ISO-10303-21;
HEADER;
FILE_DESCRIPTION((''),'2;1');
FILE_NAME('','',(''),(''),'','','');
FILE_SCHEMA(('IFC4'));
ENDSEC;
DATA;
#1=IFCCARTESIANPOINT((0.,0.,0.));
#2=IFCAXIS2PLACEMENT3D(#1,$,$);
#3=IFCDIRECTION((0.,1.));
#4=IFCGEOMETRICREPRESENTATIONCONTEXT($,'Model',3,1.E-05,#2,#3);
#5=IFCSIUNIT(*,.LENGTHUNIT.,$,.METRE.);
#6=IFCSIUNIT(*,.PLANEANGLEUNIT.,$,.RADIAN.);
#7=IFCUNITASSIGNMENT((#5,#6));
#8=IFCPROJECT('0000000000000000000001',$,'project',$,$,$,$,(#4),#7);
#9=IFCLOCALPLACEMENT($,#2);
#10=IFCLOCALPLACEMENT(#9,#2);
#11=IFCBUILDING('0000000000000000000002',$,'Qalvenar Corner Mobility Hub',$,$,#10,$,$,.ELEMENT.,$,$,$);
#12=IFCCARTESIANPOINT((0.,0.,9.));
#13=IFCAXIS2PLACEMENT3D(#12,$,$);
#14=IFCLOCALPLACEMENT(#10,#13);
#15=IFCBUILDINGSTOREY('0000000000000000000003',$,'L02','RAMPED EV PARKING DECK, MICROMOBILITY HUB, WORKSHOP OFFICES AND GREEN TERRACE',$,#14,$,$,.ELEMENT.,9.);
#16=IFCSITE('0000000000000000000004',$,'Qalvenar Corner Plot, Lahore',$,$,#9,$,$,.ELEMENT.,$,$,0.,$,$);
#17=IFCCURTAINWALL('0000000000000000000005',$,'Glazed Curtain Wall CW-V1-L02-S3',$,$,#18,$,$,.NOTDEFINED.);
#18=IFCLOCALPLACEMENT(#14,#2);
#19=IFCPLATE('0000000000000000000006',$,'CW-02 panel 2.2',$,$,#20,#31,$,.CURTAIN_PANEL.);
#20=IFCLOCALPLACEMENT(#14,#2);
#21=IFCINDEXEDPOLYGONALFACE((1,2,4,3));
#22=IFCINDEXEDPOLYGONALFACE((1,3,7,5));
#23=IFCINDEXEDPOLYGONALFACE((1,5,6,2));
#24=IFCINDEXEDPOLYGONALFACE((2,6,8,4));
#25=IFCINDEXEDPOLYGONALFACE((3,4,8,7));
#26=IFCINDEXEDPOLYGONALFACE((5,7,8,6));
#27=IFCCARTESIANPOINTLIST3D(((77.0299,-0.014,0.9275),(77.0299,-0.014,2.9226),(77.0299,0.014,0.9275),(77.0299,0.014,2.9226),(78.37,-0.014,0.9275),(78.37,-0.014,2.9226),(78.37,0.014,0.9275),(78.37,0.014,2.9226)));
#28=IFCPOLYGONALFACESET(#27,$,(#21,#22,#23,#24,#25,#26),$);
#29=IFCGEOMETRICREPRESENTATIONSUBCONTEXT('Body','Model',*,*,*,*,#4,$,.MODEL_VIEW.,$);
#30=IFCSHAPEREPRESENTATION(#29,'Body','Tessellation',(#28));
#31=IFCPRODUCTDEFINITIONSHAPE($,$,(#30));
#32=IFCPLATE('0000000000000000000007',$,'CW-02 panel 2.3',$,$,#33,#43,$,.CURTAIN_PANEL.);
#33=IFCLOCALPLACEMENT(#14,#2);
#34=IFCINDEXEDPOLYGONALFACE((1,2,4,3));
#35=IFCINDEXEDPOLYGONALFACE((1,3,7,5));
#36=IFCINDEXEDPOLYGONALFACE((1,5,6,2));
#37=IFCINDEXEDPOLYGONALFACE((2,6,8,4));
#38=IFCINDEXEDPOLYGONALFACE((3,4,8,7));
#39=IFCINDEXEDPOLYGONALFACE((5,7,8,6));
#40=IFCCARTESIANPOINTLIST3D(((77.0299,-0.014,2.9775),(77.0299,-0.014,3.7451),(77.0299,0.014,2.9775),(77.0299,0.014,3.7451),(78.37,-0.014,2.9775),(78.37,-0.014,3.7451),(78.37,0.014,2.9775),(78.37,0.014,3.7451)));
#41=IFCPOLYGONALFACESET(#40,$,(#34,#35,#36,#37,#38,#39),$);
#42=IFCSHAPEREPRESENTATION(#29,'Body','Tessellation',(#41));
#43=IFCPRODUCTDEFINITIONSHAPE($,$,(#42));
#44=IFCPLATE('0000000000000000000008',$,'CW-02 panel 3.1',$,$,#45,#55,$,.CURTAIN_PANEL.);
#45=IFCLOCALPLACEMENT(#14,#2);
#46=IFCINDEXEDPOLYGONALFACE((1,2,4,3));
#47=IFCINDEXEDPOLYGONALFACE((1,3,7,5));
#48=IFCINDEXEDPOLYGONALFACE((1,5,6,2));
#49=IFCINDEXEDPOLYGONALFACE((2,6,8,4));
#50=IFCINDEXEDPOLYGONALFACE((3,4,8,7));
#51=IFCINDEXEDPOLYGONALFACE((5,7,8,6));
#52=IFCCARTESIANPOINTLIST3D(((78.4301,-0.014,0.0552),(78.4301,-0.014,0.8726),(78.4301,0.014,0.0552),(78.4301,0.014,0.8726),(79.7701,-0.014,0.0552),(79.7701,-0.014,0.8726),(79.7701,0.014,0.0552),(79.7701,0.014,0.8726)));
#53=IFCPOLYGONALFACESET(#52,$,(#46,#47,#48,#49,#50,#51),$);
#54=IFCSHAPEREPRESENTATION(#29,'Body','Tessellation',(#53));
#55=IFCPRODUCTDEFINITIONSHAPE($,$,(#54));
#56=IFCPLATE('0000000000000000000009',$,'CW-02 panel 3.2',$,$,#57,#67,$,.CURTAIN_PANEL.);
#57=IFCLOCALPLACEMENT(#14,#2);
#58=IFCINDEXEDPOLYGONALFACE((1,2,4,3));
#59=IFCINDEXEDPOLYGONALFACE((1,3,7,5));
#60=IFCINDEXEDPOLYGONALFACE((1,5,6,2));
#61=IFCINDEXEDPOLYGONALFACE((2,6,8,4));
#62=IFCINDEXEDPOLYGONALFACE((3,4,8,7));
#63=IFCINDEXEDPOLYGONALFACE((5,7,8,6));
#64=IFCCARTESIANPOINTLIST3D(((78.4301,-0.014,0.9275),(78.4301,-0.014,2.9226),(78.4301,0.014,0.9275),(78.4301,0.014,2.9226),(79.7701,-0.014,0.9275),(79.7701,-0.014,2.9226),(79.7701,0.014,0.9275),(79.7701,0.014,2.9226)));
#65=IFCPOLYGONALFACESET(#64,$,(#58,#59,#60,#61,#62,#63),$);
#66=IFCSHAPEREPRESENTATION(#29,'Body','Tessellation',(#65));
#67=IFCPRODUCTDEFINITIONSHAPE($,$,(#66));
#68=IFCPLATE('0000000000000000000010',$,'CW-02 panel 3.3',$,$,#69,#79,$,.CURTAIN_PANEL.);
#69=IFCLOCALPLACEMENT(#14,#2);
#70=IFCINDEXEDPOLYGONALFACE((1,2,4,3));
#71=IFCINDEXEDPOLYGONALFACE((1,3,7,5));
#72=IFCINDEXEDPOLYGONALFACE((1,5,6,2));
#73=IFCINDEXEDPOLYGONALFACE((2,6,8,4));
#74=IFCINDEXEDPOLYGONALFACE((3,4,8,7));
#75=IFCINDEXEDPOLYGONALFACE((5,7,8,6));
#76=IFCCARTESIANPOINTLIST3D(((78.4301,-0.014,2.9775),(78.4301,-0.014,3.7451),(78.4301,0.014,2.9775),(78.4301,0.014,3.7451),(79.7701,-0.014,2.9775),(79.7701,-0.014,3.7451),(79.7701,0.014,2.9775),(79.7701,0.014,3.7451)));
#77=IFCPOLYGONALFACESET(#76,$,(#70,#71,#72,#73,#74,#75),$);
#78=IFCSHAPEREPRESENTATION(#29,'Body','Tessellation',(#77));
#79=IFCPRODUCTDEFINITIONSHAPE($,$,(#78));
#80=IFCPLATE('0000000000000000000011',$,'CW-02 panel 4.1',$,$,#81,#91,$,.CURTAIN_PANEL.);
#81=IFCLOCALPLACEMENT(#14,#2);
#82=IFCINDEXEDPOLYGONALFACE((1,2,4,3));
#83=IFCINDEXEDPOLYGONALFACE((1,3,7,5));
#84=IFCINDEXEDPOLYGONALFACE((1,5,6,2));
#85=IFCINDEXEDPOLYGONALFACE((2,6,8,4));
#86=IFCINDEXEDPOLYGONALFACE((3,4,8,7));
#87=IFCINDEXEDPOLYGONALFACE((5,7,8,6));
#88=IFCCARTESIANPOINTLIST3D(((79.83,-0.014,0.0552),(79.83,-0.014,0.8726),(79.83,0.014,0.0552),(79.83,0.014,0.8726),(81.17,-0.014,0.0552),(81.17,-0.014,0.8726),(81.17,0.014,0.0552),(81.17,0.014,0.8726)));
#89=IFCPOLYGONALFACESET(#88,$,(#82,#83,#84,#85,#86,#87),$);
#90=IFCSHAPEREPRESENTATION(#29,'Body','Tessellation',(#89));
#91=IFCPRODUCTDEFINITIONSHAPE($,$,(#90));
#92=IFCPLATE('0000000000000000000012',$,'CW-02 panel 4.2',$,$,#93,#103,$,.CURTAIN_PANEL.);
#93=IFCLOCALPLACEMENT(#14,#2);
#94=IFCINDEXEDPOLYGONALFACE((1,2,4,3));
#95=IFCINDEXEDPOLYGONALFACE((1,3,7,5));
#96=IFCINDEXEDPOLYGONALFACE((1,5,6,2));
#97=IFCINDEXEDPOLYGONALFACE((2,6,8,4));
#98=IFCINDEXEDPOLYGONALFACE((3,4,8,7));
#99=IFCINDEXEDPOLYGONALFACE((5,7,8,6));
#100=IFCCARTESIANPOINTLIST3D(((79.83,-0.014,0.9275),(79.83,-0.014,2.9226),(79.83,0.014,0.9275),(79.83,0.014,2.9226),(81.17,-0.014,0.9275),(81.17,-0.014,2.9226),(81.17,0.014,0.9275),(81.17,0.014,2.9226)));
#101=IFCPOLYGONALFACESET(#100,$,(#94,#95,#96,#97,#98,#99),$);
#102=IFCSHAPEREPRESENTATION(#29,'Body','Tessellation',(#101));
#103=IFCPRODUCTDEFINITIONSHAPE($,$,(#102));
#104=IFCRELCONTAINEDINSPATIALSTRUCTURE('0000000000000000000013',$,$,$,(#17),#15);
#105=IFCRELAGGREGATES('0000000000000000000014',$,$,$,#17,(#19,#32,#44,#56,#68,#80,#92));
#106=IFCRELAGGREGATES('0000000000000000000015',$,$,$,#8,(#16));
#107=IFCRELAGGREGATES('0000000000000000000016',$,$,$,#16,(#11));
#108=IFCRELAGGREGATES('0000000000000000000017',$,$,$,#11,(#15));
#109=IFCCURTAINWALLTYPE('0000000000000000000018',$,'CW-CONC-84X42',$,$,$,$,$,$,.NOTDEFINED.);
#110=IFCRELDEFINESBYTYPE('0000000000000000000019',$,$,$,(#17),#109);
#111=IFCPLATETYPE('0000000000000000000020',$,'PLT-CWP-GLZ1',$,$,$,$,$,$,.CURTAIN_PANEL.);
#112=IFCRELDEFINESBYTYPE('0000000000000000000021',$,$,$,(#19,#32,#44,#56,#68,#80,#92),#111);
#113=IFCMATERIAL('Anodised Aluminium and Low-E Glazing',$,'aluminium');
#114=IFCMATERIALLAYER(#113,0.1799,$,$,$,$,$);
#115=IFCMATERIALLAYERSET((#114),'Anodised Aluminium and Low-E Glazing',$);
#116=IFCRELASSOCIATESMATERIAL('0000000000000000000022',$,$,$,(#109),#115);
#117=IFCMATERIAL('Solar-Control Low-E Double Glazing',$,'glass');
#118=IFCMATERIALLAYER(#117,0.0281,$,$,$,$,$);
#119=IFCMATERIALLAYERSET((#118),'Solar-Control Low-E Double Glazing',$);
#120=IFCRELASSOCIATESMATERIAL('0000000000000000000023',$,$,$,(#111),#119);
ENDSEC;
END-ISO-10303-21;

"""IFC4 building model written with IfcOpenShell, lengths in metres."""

from ifc_helpers import new_model, si_unit, direction, frame, origin, origin_2d, place, context, subcontext, project, spatial, rectangle, extrude, material, layer, layer_set, type_object, element, aggregate, save


model = new_model("IFC4")

# Units and contexts
model_context = context("Model", 3, precision=1e-05, world=origin(), true_north=direction((0.0, 1.0)))
body_context = subcontext(model_context, "Body", "Model", "MODEL_VIEW")
ifc_project = project(units=[si_unit("LENGTHUNIT", "METRE"), si_unit("PLANEANGLEUNIT", "RADIAN")], contexts=[model_context])

# Site, building, storey
site_placement = place(None, origin())
site = spatial("IfcSite", under=ifc_project, at=site_placement, Name="Qalvenar Corner Plot, Lahore", CompositionType="ELEMENT", RefElevation=0.0)
building_placement = place(site_placement, origin())
building = spatial("IfcBuilding", under=site, at=building_placement, Name="Qalvenar Corner Mobility Hub", CompositionType="ELEMENT")
storey_placement = place(building_placement, frame((0.0, 0.0, 9.0)))
storey = spatial("IfcBuildingStorey", under=building, at=storey_placement, Name="L02", Description="RAMPED EV PARKING DECK, MICROMOBILITY HUB, WORKSHOP OFFICES AND GREEN TERRACE", CompositionType="ELEMENT", Elevation=9.0)

# Curtain wall, plates
ifc_material_1 = material(Name="Anodised Aluminium and Low-E Glazing", Category="aluminium")
ifc_layer_1 = layer(ifc_material_1, 0.1799)
ifc_layer_set_1 = layer_set([ifc_layer_1], Name="Anodised Aluminium and Low-E Glazing")
curtain_wall_type = type_object("IfcCurtainWallType", Name="CW-CONC-84X42", PredefinedType="NOTDEFINED", material=ifc_layer_set_1)
curtain_wall_placement = place(storey_placement, origin())
curtain_wall = element("IfcCurtainWall", 1, at=curtain_wall_placement, inside=storey, type_object=curtain_wall_type, Name="Glazed Curtain Wall CW-V1-L02-S3", PredefinedType="NOTDEFINED")
ifc_material_2 = material(Name="Solar-Control Low-E Double Glazing", Category="glass")
ifc_layer_2 = layer(ifc_material_2, 0.0281)
ifc_layer_set_2 = layer_set([ifc_layer_2], Name="Solar-Control Low-E Double Glazing")
plate_type = type_object("IfcPlateType", Name="PLT-CWP-GLZ1", PredefinedType="CURTAIN_PANEL", material=ifc_layer_set_2)
plate_1_placement = place(storey_placement, frame((77.7, 0.0, 0.9275), z_axis=(0.0, 0.0, 1.0), x_axis=(1.0, 0.0, 0.0)))
plate_1 = element("IfcPlate", 2, at=plate_1_placement, type_object=plate_type, Name="CW-02 panel 2.2", PredefinedType="CURTAIN_PANEL", context=body_context, shape_type="SweptSolid", body=[
    extrude(rectangle(XDim=1.3401, YDim=0.0281, at=origin_2d()), origin(), (0.0, 0.0, 1.0), 1.9951),
])
plate_2_placement = place(storey_placement, frame((77.7, 0.0, 2.9775), z_axis=(0.0, 0.0, 1.0), x_axis=(1.0, 0.0, 0.0)))
plate_2 = element("IfcPlate", 3, at=plate_2_placement, type_object=plate_type, Name="CW-02 panel 2.3", PredefinedType="CURTAIN_PANEL", context=body_context, shape_type="SweptSolid", body=[
    extrude(rectangle(XDim=1.3401, YDim=0.0281, at=origin_2d()), origin(), (0.0, 0.0, 1.0), 0.7676),
])
plate_3_placement = place(storey_placement, frame((79.1001, 0.0, 0.0552), z_axis=(0.0, 0.0, 1.0), x_axis=(1.0, 0.0, 0.0)))
plate_3 = element("IfcPlate", 4, at=plate_3_placement, type_object=plate_type, Name="CW-02 panel 3.1", PredefinedType="CURTAIN_PANEL", context=body_context, shape_type="SweptSolid", body=[
    extrude(rectangle(XDim=1.3401, YDim=0.0281, at=origin_2d()), origin(), (0.0, 0.0, 1.0), 0.8174),
])
plate_4_placement = place(storey_placement, frame((79.1001, 0.0, 0.9275), z_axis=(0.0, 0.0, 1.0), x_axis=(1.0, 0.0, 0.0)))
plate_4 = element("IfcPlate", 5, at=plate_4_placement, type_object=plate_type, Name="CW-02 panel 3.2", PredefinedType="CURTAIN_PANEL", context=body_context, shape_type="SweptSolid", body=[
    extrude(rectangle(XDim=1.3401, YDim=0.0281, at=origin_2d()), origin(), (0.0, 0.0, 1.0), 1.9951),
])
plate_5_placement = place(storey_placement, frame((79.1001, 0.0, 2.9775), z_axis=(0.0, 0.0, 1.0), x_axis=(1.0, 0.0, 0.0)))
plate_5 = element("IfcPlate", 6, at=plate_5_placement, type_object=plate_type, Name="CW-02 panel 3.3", PredefinedType="CURTAIN_PANEL", context=body_context, shape_type="SweptSolid", body=[
    extrude(rectangle(XDim=1.3401, YDim=0.0281, at=origin_2d()), origin(), (0.0, 0.0, 1.0), 0.7676),
])
plate_6_placement = place(storey_placement, frame((80.5, 0.0, 0.0552), z_axis=(0.0, 0.0, 1.0), x_axis=(1.0, 0.0, 0.0)))
plate_6 = element("IfcPlate", 7, at=plate_6_placement, type_object=plate_type, Name="CW-02 panel 4.1", PredefinedType="CURTAIN_PANEL", context=body_context, shape_type="SweptSolid", body=[
    extrude(rectangle(XDim=1.3401, YDim=0.0281, at=origin_2d()), origin(), (0.0, 0.0, 1.0), 0.8174),
])
plate_7_placement = place(storey_placement, frame((80.5, 0.0, 0.9275), z_axis=(0.0, 0.0, 1.0), x_axis=(1.0, 0.0, 0.0)))
plate_7 = element("IfcPlate", 8, at=plate_7_placement, type_object=plate_type, Name="CW-02 panel 4.2", PredefinedType="CURTAIN_PANEL", context=body_context, shape_type="SweptSolid", body=[
    extrude(rectangle(XDim=1.3401, YDim=0.0281, at=origin_2d()), origin(), (0.0, 0.0, 1.0), 1.9951),
])
aggregate(curtain_wall, [plate_1, plate_2, plate_3, plate_4, plate_5, plate_6, plate_7])

save(model, "model.ifc")
